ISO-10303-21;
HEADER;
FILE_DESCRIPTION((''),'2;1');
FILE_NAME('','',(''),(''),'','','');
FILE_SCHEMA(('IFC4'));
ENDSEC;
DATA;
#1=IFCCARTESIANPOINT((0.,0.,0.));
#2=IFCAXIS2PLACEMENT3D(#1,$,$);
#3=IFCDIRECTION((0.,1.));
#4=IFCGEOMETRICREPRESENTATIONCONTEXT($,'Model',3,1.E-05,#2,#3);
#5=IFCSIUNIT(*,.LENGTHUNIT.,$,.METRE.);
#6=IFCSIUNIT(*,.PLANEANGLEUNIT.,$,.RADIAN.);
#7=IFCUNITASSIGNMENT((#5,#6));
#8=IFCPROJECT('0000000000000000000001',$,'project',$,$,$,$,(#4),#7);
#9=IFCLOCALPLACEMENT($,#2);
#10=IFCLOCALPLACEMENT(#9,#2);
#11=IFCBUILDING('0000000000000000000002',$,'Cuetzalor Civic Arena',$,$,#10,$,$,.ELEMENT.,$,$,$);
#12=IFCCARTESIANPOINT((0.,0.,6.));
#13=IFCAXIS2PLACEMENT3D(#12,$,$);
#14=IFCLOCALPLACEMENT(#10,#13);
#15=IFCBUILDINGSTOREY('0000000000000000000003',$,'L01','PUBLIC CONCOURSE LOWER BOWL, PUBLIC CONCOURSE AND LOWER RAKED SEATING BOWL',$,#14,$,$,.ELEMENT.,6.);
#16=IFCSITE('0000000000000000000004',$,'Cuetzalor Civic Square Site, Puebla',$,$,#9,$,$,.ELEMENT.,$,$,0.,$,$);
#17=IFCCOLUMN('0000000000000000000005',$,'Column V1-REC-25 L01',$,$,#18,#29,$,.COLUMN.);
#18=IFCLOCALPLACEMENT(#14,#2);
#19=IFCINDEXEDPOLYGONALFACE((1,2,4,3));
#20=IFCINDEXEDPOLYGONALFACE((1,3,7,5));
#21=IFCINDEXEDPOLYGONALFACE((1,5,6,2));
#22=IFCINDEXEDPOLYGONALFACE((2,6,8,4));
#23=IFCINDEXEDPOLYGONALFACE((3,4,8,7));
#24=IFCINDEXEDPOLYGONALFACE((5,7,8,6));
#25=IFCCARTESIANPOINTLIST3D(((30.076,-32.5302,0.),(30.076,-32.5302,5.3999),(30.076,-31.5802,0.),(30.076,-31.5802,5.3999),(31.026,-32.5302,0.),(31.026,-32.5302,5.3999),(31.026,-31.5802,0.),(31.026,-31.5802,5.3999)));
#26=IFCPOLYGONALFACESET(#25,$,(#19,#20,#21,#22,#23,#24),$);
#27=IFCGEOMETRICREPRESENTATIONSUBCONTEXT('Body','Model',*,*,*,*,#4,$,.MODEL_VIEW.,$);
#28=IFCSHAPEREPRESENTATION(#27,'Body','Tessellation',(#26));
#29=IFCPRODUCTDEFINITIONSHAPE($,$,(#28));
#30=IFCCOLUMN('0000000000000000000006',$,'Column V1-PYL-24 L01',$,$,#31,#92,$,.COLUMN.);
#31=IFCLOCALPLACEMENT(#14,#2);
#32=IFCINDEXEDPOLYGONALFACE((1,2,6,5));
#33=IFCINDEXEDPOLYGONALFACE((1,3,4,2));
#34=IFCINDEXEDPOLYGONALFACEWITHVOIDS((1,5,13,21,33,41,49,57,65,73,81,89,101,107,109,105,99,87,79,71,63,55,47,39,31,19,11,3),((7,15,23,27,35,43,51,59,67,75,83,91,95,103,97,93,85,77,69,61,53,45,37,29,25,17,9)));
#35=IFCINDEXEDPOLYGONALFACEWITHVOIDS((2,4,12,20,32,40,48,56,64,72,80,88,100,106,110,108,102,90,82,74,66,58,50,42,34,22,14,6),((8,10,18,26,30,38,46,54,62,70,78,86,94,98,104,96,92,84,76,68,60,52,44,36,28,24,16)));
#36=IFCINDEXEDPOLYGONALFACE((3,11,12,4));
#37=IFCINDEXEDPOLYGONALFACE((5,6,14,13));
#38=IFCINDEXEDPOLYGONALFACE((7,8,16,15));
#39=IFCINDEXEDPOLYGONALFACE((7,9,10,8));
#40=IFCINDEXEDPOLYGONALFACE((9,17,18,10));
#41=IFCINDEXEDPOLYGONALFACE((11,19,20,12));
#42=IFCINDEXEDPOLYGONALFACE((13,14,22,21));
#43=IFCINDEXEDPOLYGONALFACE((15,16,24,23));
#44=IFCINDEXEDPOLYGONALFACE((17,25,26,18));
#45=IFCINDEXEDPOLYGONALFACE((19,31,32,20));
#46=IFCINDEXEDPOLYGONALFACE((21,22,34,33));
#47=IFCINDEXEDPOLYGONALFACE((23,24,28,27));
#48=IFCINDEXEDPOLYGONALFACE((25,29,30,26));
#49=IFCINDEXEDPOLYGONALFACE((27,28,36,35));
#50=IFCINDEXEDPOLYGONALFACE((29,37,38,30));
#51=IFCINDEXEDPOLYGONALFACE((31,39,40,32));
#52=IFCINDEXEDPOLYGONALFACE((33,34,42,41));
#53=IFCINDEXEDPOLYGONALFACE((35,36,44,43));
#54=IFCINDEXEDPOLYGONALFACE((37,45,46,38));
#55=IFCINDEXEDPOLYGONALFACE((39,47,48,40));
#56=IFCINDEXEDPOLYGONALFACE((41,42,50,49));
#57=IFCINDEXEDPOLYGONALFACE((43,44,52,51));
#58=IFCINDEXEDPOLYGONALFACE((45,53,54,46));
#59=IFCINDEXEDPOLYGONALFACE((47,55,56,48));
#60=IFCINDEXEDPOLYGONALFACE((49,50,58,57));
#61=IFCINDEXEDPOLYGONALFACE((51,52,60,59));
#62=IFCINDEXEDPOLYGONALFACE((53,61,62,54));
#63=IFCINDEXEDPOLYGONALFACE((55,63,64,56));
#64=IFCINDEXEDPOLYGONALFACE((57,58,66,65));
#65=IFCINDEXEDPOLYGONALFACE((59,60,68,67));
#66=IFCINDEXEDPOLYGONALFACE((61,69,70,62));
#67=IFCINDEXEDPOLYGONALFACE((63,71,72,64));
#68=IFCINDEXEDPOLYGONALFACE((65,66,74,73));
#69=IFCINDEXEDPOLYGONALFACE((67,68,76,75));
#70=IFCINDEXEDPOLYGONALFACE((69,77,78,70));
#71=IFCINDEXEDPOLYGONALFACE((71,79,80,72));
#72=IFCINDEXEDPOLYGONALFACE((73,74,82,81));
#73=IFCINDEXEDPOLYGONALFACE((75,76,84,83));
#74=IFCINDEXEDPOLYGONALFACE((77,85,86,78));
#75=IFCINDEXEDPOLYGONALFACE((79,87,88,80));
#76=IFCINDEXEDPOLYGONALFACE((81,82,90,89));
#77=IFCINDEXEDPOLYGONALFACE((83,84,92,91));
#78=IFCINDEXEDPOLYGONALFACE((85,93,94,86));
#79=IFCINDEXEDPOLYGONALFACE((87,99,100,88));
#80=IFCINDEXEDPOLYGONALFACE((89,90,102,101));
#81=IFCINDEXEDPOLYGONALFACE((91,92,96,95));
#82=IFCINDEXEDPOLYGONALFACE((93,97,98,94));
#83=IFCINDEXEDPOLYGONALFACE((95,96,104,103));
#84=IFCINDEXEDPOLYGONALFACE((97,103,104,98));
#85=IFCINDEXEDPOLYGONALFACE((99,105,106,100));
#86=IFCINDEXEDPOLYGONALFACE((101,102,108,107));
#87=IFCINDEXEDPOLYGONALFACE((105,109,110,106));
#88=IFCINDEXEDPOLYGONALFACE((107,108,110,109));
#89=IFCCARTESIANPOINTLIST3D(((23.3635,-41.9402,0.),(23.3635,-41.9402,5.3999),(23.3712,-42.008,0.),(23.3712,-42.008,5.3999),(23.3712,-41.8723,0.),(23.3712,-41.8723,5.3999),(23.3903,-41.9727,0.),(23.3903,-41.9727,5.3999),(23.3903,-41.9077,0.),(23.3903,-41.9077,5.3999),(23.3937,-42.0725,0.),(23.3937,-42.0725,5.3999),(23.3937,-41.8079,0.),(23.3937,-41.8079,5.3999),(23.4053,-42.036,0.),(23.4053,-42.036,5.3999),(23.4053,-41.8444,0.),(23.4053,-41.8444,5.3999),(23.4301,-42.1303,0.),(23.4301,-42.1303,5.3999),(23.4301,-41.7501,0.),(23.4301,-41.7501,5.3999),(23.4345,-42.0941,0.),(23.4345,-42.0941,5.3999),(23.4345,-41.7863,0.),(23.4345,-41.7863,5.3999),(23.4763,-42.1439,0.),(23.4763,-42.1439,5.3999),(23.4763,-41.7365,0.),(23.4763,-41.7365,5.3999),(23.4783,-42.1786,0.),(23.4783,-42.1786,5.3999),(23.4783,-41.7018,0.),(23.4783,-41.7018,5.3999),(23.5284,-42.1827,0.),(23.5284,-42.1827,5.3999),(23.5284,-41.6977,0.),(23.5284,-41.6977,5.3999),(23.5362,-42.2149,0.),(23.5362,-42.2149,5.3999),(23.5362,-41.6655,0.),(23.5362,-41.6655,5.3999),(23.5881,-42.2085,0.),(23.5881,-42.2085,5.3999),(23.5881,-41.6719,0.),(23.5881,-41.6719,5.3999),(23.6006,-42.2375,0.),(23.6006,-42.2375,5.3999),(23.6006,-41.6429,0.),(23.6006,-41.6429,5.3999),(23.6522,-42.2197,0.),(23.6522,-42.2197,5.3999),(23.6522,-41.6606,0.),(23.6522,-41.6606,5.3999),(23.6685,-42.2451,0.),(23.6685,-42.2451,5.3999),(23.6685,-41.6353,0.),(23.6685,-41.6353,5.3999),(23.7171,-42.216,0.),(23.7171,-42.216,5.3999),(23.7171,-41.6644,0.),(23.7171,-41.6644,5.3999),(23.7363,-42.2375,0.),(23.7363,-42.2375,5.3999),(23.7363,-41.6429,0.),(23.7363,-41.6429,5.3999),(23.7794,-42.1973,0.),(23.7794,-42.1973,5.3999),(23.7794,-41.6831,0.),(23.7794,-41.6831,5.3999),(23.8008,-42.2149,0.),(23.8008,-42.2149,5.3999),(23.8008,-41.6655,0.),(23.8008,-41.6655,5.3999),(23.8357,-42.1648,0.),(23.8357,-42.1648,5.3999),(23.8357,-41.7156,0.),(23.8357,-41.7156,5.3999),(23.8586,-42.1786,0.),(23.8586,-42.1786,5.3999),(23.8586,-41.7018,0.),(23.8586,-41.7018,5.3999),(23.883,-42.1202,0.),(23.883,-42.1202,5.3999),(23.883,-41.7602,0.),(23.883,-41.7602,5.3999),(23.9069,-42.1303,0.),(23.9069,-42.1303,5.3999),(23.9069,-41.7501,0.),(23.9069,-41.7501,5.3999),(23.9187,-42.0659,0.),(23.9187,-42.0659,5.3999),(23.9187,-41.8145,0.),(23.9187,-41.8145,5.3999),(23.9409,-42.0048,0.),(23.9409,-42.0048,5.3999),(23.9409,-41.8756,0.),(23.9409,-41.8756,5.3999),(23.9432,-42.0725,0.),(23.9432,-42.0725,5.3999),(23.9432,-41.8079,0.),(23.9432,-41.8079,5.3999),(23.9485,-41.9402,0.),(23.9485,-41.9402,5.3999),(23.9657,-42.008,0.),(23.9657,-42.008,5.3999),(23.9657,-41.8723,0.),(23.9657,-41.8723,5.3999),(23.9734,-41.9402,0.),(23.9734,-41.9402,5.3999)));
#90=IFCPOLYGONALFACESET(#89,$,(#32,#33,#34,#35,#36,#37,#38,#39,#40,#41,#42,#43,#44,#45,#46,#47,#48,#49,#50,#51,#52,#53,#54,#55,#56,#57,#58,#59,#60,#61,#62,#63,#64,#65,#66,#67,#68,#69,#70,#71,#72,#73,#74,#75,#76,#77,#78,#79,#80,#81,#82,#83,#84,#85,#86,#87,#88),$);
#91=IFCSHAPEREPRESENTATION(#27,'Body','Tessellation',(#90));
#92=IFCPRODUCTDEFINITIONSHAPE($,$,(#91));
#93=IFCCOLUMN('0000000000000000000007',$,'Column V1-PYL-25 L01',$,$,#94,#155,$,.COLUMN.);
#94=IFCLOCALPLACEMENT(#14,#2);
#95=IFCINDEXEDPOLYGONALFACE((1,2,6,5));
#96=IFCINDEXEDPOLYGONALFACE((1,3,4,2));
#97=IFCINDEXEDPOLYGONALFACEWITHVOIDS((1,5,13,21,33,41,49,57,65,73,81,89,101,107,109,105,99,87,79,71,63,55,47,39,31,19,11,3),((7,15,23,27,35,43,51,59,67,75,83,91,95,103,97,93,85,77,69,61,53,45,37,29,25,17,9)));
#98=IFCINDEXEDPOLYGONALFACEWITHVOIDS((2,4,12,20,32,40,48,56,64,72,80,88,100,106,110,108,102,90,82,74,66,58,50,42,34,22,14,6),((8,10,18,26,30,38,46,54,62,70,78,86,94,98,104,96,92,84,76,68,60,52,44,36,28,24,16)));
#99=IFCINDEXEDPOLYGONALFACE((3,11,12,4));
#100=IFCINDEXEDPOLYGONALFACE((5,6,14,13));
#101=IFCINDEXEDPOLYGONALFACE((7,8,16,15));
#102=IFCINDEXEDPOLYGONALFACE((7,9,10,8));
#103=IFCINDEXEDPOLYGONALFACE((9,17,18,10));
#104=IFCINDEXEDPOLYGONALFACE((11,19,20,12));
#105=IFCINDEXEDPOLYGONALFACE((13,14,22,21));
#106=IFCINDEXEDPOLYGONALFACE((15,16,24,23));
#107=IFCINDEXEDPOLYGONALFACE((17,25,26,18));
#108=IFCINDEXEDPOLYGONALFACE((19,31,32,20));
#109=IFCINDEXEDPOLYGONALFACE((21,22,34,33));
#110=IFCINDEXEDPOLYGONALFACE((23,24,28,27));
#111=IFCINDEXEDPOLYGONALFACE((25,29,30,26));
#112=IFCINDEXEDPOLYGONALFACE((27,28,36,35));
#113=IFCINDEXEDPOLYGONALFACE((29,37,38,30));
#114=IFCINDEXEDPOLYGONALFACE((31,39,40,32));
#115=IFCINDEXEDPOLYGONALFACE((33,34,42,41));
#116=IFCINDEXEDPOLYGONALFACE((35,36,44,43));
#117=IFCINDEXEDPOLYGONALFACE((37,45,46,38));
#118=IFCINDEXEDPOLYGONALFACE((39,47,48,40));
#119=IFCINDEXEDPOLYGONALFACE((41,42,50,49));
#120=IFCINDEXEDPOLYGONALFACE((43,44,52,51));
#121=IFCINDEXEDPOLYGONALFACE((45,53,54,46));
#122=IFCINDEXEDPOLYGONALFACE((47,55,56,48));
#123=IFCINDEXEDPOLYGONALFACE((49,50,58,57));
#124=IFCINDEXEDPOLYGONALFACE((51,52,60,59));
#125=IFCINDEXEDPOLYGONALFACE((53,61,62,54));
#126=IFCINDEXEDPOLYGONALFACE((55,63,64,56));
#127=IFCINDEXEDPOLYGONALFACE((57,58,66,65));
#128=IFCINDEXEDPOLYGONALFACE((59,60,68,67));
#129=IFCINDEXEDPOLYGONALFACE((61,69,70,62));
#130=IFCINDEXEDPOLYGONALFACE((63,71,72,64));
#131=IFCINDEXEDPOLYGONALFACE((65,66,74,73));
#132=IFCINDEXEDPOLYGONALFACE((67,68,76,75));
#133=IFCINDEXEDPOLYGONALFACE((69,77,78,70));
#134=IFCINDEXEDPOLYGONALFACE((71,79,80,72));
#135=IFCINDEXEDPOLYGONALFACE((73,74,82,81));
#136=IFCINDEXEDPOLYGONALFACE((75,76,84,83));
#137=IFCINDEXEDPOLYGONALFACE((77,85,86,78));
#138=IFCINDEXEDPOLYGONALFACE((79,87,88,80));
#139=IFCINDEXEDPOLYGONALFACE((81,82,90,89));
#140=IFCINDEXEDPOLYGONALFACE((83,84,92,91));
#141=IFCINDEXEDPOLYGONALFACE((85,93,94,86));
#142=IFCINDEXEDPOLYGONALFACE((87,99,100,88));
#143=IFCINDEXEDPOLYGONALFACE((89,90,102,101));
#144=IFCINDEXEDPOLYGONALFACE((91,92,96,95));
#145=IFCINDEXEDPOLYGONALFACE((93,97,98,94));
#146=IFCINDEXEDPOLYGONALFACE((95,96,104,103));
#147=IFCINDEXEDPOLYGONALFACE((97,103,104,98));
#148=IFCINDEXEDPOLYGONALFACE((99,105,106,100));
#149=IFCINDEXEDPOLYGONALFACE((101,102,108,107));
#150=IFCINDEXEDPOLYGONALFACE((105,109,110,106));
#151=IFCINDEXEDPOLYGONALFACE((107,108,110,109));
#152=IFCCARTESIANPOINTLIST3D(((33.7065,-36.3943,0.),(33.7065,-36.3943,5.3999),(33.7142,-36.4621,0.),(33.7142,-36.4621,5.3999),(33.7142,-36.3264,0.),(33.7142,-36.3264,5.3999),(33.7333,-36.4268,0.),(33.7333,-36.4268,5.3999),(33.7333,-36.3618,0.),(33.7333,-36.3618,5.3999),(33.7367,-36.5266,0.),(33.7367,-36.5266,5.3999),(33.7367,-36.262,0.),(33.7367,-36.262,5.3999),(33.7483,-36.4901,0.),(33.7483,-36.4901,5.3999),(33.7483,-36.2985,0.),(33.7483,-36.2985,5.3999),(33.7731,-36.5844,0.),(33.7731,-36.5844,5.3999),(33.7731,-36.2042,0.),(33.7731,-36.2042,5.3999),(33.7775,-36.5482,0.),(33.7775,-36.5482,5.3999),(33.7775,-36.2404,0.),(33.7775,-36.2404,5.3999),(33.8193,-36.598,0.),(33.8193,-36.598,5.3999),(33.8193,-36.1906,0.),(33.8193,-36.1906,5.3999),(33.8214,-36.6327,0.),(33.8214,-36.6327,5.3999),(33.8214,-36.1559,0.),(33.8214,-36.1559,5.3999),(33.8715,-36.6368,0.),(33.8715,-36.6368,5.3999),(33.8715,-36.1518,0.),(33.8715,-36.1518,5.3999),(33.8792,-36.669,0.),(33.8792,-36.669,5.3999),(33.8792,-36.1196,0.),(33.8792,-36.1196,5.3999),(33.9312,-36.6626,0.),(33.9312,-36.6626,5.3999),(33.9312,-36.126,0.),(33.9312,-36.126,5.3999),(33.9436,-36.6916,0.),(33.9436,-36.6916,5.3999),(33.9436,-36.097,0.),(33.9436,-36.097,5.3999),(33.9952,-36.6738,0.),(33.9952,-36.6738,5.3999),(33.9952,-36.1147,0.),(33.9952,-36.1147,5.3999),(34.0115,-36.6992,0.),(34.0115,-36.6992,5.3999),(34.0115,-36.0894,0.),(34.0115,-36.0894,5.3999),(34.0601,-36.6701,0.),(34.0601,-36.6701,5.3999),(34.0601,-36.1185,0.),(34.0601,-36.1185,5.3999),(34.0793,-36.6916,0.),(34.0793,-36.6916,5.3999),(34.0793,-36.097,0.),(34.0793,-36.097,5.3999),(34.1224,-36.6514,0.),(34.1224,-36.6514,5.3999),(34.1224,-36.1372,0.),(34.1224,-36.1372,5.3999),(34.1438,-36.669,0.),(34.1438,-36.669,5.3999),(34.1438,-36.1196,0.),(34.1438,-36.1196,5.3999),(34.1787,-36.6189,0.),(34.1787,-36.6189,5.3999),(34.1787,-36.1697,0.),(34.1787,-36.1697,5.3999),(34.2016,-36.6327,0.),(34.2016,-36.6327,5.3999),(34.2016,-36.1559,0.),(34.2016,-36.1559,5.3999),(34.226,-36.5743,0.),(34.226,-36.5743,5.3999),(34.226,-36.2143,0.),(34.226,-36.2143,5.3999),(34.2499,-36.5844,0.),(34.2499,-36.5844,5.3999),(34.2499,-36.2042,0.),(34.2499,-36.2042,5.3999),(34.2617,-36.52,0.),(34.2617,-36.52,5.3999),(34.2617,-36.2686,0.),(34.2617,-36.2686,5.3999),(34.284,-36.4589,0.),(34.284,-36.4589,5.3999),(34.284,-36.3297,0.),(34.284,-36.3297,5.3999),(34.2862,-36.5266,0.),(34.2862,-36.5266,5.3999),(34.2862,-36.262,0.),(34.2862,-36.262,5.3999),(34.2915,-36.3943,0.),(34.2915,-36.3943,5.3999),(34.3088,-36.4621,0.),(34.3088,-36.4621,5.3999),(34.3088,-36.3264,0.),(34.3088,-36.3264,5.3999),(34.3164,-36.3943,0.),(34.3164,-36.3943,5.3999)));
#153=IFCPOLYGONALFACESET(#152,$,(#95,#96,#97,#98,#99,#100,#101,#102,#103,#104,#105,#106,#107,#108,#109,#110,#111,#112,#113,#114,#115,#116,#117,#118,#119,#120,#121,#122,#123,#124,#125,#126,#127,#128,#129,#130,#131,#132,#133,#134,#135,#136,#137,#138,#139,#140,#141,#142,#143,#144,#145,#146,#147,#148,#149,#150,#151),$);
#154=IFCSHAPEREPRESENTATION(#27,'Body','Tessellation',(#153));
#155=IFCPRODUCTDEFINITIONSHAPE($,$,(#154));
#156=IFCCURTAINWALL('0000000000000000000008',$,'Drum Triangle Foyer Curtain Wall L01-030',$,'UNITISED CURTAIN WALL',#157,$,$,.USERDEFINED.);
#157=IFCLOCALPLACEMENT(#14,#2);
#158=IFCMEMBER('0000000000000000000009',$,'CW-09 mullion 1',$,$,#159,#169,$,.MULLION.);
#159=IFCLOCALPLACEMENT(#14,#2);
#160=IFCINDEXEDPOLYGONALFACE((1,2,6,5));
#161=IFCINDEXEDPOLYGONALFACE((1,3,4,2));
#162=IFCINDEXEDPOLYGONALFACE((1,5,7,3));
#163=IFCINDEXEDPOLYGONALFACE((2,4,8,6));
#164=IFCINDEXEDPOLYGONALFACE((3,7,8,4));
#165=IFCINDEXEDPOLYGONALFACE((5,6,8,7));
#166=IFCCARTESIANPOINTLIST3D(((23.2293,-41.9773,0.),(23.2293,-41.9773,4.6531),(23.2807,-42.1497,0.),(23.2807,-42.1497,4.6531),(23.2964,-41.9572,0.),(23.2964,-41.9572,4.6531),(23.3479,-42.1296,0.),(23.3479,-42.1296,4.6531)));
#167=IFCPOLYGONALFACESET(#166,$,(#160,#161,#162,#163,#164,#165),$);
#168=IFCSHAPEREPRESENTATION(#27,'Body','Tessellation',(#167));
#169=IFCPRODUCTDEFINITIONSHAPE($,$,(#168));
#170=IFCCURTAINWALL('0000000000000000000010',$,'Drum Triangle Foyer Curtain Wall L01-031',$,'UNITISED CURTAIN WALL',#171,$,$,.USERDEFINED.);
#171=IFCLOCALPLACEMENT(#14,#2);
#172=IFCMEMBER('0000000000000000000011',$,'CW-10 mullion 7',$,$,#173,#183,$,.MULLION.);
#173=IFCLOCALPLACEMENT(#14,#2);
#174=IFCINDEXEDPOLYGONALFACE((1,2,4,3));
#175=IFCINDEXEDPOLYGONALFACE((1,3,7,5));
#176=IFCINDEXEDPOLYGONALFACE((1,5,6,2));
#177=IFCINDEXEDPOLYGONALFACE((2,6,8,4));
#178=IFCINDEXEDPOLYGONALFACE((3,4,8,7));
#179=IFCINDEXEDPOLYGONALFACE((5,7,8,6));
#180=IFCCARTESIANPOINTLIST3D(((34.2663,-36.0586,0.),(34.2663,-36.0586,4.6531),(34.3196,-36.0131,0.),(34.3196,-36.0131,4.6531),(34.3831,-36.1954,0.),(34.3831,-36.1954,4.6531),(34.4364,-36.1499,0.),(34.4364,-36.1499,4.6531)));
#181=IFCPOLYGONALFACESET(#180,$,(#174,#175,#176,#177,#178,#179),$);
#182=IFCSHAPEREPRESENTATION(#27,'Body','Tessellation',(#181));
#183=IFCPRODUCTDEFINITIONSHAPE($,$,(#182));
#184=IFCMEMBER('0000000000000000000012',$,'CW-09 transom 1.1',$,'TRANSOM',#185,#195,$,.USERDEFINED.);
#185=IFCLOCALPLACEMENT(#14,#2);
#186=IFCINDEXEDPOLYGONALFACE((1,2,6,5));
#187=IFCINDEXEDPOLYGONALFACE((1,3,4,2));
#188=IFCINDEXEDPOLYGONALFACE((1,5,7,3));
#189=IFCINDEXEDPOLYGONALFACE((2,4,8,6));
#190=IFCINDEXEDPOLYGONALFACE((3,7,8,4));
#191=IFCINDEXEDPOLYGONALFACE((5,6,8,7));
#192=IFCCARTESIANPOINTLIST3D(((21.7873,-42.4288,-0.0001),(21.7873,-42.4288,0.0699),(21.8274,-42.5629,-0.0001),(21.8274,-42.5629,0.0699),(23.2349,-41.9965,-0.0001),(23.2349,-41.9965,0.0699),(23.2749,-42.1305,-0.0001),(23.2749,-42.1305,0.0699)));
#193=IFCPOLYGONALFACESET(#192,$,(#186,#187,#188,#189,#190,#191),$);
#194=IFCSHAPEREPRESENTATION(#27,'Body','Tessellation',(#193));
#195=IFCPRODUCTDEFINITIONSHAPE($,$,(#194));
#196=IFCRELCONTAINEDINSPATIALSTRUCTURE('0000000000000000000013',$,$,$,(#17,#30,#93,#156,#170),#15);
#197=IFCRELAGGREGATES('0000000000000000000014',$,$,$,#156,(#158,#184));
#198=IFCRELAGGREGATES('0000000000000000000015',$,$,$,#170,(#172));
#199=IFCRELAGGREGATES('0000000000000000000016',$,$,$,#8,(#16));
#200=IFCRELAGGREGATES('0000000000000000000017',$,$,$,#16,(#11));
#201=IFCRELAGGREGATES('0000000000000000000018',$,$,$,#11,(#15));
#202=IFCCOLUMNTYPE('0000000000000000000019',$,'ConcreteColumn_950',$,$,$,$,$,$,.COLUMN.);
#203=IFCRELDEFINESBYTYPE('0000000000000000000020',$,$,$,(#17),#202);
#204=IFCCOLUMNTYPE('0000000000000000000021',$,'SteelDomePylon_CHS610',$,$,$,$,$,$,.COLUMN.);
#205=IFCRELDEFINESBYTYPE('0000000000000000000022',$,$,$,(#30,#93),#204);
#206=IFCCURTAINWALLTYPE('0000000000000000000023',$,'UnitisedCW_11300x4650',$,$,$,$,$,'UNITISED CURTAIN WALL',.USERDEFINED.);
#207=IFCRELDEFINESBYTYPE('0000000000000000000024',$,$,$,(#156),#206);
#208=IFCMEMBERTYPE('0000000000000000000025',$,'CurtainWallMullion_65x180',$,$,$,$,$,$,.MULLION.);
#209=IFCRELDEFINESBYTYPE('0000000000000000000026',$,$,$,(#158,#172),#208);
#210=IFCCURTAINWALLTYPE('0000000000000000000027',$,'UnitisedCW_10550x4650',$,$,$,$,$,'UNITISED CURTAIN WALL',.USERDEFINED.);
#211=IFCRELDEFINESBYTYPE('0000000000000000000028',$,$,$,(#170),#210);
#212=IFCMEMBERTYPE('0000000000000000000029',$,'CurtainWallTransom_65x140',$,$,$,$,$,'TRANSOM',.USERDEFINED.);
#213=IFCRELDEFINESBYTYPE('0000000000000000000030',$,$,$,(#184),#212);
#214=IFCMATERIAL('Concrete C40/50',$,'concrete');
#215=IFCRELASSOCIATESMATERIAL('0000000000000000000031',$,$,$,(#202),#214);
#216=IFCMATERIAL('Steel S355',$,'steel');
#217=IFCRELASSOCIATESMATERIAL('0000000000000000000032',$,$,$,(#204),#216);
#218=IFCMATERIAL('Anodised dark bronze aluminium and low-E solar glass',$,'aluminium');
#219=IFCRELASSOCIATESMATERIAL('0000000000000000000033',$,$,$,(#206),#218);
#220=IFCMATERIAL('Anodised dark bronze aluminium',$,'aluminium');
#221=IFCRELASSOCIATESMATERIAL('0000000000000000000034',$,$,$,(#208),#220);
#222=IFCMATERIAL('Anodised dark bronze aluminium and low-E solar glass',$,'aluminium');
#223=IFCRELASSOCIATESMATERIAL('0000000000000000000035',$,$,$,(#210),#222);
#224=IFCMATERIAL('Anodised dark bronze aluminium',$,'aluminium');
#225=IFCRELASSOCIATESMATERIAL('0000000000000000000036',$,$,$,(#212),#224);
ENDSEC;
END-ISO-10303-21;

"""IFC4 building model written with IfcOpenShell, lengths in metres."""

from ifc_helpers import new_model, si_unit, direction, frame, origin, origin_2d, place, context, subcontext, project, spatial, rectangle, hollow_circle, extrude, material, material_profile, profile_set, type_object, element, aggregate, save


model = new_model("IFC4")

# Units and contexts
model_context = context("Model", 3, precision=1e-05, world=origin(), true_north=direction((0.0, 1.0)))
body_context = subcontext(model_context, "Body", "Model", "MODEL_VIEW")
ifc_project = project(units=[si_unit("LENGTHUNIT", "METRE"), si_unit("PLANEANGLEUNIT", "RADIAN")], contexts=[model_context])

# Site, building, storey
site_placement = place(None, origin())
site = spatial("IfcSite", under=ifc_project, at=site_placement, Name="Cuetzalor Civic Square Site, Puebla", CompositionType="ELEMENT", RefElevation=0.0)
building_placement = place(site_placement, origin())
building = spatial("IfcBuilding", under=site, at=building_placement, Name="Cuetzalor Civic Arena", CompositionType="ELEMENT")
storey_placement = place(building_placement, frame((0.0, 0.0, 6.0)))
storey = spatial("IfcBuildingStorey", under=building, at=storey_placement, Name="L01", Description="PUBLIC CONCOURSE LOWER BOWL, PUBLIC CONCOURSE AND LOWER RAKED SEATING BOWL", CompositionType="ELEMENT", Elevation=6.0)

# Columns
ifc_material_1 = material(Name="Concrete C40/50", Category="concrete")
ifc_material_profile_1 = material_profile(ifc_material_1, rectangle(XDim=0.95, YDim=0.95, at=origin_2d()), Name="RC 950x950")
ifc_profile_set_1 = profile_set([ifc_material_profile_1], Name="Concrete C40/50")
column_type_1 = type_object("IfcColumnType", Name="ConcreteColumn_950", PredefinedType="COLUMN", material=ifc_profile_set_1)
column_placement = place(storey_placement, frame((30.551, -32.0552, 0.0), z_axis=(0.0, 0.0, 1.0), x_axis=(1.0, 0.0, 0.0)))
element("IfcColumn", 1, at=column_placement, inside=storey, type_object=column_type_1, Name="Column V1-REC-25 L01", PredefinedType="COLUMN", context=body_context, shape_type="SweptSolid", body=[
    extrude(rectangle(XDim=0.95, YDim=0.95, at=origin_2d()), origin(), (0.0, 0.0, 1.0), 5.3999),
])
ifc_material_2 = material(Name="Steel S355", Category="steel")
ifc_material_profile_2 = material_profile(ifc_material_2, hollow_circle(Radius=0.3049, WallThickness=0.0249, at=origin_2d()), Name="CHS 610x25")
ifc_profile_set_2 = profile_set([ifc_material_profile_2], Name="Steel S355")
column_type_2 = type_object("IfcColumnType", Name="SteelDomePylon_CHS610", PredefinedType="COLUMN", material=ifc_profile_set_2)
for number, where, z_axis, x_axis, name in (
    (2, (23.6685, -41.9402, 0.0), (0.0, 0.0, 1.0), (1.0, 0.0, 0.0), "Column V1-PYL-24 L01"),
    (3, (34.0115, -36.3943, 0.0), (0.0, 0.0, 1.0), (1.0, 0.0, 0.0), "Column V1-PYL-25 L01"),
):
    element("IfcColumn", number, at=place(storey_placement, frame(where, z_axis=z_axis, x_axis=x_axis)), inside=storey, type_object=column_type_2, Name=name, PredefinedType="COLUMN", context=body_context, shape_type="SweptSolid", body=[
        extrude(hollow_circle(Radius=0.3049, WallThickness=0.0249, at=origin_2d()), origin(), (0.0, 0.0, 1.0), 5.3999),
    ])

# Curtain walls, members
ifc_material_3 = material(Name="Anodised dark bronze aluminium and low-E solar glass", Category="aluminium")
curtain_wall_type_1 = type_object("IfcCurtainWallType", Name="UnitisedCW_11300x4650", ElementType="UNITISED CURTAIN WALL", PredefinedType="USERDEFINED", material=ifc_material_3)
curtain_wall_1_placement = place(storey_placement, origin())
curtain_wall_1 = element("IfcCurtainWall", 4, at=curtain_wall_1_placement, inside=storey, type_object=curtain_wall_type_1, Name="Drum Triangle Foyer Curtain Wall L01-030", ObjectType="UNITISED CURTAIN WALL", PredefinedType="USERDEFINED")
ifc_material_4 = material(Name="Anodised dark bronze aluminium", Category="aluminium")
ifc_material_profile_3 = material_profile(ifc_material_4, rectangle(XDim=0.0701, YDim=0.1799, at=origin_2d()), Name="ALU MULLION 70x180")
ifc_profile_set_3 = profile_set([ifc_material_profile_3], Name="Anodised dark bronze aluminium")
member_type_1 = type_object("IfcMemberType", Name="CurtainWallMullion_65x180", PredefinedType="MULLION", material=ifc_profile_set_3)
member_1_placement = place(storey_placement, frame((23.2886, -42.0535, 0.0), z_axis=(0.0, 0.0, 1.0), x_axis=(-0.958194, -0.28612, 0.0)))
member_1 = element("IfcMember", 5, at=member_1_placement, type_object=member_type_1, Name="CW-09 mullion 1", PredefinedType="MULLION", context=body_context, shape_type="SweptSolid", body=[
    extrude(rectangle(XDim=0.0701, YDim=0.1799, at=origin_2d()), origin(), (0.0, 0.0, 1.0), 4.6531),
])
ifc_material_5 = material(Name="Anodised dark bronze aluminium and low-E solar glass", Category="aluminium")
curtain_wall_type_2 = type_object("IfcCurtainWallType", Name="UnitisedCW_10550x4650", ElementType="UNITISED CURTAIN WALL", PredefinedType="USERDEFINED", material=ifc_material_5)
curtain_wall_2_placement = place(storey_placement, origin())
curtain_wall_2 = element("IfcCurtainWall", 6, at=curtain_wall_2_placement, inside=storey, type_object=curtain_wall_type_2, Name="Drum Triangle Foyer Curtain Wall L01-031", ObjectType="UNITISED CURTAIN WALL", PredefinedType="USERDEFINED")
member_2_placement = place(storey_placement, frame((34.3513, -36.1042, 0.0), z_axis=(0.0, 0.0, 1.0), x_axis=(-0.760677, -0.64913, 0.0)))
member_2 = element("IfcMember", 7, at=member_2_placement, type_object=member_type_1, Name="CW-10 mullion 7", PredefinedType="MULLION", context=body_context, shape_type="SweptSolid", body=[
    extrude(rectangle(XDim=0.0701, YDim=0.1799, at=origin_2d()), origin(), (0.0, 0.0, 1.0), 4.6531),
])

# Member
ifc_material_6 = material(Name="Anodised dark bronze aluminium", Category="aluminium")
ifc_material_profile_4 = material_profile(ifc_material_6, rectangle(XDim=0.1399, YDim=0.0701, at=origin_2d()), Name="ALU TRANSOM 70x140")
ifc_profile_set_4 = profile_set([ifc_material_profile_4], Name="Anodised dark bronze aluminium")
member_type_2 = type_object("IfcMemberType", Name="CurtainWallTransom_65x140", ElementType="TRANSOM", PredefinedType="USERDEFINED", material=ifc_profile_set_4)
member_3_placement = place(storey_placement, frame((23.2549, -42.0635, 0.0349), z_axis=(-0.958168, -0.286206, 0.0), x_axis=(0.286206, -0.958168, 0.0)))
member_3 = element("IfcMember", 8, at=member_3_placement, type_object=member_type_2, Name="CW-09 transom 1.1", ObjectType="TRANSOM", PredefinedType="USERDEFINED", context=body_context, shape_type="SweptSolid", body=[
    extrude(rectangle(XDim=0.1399, YDim=0.0701, at=origin_2d()), origin(), (0.0, 0.0, 1.0), 1.5107),
])
aggregate(curtain_wall_1, [member_1, member_3])

aggregate(curtain_wall_2, [member_2])

save(model, "model.ifc")
